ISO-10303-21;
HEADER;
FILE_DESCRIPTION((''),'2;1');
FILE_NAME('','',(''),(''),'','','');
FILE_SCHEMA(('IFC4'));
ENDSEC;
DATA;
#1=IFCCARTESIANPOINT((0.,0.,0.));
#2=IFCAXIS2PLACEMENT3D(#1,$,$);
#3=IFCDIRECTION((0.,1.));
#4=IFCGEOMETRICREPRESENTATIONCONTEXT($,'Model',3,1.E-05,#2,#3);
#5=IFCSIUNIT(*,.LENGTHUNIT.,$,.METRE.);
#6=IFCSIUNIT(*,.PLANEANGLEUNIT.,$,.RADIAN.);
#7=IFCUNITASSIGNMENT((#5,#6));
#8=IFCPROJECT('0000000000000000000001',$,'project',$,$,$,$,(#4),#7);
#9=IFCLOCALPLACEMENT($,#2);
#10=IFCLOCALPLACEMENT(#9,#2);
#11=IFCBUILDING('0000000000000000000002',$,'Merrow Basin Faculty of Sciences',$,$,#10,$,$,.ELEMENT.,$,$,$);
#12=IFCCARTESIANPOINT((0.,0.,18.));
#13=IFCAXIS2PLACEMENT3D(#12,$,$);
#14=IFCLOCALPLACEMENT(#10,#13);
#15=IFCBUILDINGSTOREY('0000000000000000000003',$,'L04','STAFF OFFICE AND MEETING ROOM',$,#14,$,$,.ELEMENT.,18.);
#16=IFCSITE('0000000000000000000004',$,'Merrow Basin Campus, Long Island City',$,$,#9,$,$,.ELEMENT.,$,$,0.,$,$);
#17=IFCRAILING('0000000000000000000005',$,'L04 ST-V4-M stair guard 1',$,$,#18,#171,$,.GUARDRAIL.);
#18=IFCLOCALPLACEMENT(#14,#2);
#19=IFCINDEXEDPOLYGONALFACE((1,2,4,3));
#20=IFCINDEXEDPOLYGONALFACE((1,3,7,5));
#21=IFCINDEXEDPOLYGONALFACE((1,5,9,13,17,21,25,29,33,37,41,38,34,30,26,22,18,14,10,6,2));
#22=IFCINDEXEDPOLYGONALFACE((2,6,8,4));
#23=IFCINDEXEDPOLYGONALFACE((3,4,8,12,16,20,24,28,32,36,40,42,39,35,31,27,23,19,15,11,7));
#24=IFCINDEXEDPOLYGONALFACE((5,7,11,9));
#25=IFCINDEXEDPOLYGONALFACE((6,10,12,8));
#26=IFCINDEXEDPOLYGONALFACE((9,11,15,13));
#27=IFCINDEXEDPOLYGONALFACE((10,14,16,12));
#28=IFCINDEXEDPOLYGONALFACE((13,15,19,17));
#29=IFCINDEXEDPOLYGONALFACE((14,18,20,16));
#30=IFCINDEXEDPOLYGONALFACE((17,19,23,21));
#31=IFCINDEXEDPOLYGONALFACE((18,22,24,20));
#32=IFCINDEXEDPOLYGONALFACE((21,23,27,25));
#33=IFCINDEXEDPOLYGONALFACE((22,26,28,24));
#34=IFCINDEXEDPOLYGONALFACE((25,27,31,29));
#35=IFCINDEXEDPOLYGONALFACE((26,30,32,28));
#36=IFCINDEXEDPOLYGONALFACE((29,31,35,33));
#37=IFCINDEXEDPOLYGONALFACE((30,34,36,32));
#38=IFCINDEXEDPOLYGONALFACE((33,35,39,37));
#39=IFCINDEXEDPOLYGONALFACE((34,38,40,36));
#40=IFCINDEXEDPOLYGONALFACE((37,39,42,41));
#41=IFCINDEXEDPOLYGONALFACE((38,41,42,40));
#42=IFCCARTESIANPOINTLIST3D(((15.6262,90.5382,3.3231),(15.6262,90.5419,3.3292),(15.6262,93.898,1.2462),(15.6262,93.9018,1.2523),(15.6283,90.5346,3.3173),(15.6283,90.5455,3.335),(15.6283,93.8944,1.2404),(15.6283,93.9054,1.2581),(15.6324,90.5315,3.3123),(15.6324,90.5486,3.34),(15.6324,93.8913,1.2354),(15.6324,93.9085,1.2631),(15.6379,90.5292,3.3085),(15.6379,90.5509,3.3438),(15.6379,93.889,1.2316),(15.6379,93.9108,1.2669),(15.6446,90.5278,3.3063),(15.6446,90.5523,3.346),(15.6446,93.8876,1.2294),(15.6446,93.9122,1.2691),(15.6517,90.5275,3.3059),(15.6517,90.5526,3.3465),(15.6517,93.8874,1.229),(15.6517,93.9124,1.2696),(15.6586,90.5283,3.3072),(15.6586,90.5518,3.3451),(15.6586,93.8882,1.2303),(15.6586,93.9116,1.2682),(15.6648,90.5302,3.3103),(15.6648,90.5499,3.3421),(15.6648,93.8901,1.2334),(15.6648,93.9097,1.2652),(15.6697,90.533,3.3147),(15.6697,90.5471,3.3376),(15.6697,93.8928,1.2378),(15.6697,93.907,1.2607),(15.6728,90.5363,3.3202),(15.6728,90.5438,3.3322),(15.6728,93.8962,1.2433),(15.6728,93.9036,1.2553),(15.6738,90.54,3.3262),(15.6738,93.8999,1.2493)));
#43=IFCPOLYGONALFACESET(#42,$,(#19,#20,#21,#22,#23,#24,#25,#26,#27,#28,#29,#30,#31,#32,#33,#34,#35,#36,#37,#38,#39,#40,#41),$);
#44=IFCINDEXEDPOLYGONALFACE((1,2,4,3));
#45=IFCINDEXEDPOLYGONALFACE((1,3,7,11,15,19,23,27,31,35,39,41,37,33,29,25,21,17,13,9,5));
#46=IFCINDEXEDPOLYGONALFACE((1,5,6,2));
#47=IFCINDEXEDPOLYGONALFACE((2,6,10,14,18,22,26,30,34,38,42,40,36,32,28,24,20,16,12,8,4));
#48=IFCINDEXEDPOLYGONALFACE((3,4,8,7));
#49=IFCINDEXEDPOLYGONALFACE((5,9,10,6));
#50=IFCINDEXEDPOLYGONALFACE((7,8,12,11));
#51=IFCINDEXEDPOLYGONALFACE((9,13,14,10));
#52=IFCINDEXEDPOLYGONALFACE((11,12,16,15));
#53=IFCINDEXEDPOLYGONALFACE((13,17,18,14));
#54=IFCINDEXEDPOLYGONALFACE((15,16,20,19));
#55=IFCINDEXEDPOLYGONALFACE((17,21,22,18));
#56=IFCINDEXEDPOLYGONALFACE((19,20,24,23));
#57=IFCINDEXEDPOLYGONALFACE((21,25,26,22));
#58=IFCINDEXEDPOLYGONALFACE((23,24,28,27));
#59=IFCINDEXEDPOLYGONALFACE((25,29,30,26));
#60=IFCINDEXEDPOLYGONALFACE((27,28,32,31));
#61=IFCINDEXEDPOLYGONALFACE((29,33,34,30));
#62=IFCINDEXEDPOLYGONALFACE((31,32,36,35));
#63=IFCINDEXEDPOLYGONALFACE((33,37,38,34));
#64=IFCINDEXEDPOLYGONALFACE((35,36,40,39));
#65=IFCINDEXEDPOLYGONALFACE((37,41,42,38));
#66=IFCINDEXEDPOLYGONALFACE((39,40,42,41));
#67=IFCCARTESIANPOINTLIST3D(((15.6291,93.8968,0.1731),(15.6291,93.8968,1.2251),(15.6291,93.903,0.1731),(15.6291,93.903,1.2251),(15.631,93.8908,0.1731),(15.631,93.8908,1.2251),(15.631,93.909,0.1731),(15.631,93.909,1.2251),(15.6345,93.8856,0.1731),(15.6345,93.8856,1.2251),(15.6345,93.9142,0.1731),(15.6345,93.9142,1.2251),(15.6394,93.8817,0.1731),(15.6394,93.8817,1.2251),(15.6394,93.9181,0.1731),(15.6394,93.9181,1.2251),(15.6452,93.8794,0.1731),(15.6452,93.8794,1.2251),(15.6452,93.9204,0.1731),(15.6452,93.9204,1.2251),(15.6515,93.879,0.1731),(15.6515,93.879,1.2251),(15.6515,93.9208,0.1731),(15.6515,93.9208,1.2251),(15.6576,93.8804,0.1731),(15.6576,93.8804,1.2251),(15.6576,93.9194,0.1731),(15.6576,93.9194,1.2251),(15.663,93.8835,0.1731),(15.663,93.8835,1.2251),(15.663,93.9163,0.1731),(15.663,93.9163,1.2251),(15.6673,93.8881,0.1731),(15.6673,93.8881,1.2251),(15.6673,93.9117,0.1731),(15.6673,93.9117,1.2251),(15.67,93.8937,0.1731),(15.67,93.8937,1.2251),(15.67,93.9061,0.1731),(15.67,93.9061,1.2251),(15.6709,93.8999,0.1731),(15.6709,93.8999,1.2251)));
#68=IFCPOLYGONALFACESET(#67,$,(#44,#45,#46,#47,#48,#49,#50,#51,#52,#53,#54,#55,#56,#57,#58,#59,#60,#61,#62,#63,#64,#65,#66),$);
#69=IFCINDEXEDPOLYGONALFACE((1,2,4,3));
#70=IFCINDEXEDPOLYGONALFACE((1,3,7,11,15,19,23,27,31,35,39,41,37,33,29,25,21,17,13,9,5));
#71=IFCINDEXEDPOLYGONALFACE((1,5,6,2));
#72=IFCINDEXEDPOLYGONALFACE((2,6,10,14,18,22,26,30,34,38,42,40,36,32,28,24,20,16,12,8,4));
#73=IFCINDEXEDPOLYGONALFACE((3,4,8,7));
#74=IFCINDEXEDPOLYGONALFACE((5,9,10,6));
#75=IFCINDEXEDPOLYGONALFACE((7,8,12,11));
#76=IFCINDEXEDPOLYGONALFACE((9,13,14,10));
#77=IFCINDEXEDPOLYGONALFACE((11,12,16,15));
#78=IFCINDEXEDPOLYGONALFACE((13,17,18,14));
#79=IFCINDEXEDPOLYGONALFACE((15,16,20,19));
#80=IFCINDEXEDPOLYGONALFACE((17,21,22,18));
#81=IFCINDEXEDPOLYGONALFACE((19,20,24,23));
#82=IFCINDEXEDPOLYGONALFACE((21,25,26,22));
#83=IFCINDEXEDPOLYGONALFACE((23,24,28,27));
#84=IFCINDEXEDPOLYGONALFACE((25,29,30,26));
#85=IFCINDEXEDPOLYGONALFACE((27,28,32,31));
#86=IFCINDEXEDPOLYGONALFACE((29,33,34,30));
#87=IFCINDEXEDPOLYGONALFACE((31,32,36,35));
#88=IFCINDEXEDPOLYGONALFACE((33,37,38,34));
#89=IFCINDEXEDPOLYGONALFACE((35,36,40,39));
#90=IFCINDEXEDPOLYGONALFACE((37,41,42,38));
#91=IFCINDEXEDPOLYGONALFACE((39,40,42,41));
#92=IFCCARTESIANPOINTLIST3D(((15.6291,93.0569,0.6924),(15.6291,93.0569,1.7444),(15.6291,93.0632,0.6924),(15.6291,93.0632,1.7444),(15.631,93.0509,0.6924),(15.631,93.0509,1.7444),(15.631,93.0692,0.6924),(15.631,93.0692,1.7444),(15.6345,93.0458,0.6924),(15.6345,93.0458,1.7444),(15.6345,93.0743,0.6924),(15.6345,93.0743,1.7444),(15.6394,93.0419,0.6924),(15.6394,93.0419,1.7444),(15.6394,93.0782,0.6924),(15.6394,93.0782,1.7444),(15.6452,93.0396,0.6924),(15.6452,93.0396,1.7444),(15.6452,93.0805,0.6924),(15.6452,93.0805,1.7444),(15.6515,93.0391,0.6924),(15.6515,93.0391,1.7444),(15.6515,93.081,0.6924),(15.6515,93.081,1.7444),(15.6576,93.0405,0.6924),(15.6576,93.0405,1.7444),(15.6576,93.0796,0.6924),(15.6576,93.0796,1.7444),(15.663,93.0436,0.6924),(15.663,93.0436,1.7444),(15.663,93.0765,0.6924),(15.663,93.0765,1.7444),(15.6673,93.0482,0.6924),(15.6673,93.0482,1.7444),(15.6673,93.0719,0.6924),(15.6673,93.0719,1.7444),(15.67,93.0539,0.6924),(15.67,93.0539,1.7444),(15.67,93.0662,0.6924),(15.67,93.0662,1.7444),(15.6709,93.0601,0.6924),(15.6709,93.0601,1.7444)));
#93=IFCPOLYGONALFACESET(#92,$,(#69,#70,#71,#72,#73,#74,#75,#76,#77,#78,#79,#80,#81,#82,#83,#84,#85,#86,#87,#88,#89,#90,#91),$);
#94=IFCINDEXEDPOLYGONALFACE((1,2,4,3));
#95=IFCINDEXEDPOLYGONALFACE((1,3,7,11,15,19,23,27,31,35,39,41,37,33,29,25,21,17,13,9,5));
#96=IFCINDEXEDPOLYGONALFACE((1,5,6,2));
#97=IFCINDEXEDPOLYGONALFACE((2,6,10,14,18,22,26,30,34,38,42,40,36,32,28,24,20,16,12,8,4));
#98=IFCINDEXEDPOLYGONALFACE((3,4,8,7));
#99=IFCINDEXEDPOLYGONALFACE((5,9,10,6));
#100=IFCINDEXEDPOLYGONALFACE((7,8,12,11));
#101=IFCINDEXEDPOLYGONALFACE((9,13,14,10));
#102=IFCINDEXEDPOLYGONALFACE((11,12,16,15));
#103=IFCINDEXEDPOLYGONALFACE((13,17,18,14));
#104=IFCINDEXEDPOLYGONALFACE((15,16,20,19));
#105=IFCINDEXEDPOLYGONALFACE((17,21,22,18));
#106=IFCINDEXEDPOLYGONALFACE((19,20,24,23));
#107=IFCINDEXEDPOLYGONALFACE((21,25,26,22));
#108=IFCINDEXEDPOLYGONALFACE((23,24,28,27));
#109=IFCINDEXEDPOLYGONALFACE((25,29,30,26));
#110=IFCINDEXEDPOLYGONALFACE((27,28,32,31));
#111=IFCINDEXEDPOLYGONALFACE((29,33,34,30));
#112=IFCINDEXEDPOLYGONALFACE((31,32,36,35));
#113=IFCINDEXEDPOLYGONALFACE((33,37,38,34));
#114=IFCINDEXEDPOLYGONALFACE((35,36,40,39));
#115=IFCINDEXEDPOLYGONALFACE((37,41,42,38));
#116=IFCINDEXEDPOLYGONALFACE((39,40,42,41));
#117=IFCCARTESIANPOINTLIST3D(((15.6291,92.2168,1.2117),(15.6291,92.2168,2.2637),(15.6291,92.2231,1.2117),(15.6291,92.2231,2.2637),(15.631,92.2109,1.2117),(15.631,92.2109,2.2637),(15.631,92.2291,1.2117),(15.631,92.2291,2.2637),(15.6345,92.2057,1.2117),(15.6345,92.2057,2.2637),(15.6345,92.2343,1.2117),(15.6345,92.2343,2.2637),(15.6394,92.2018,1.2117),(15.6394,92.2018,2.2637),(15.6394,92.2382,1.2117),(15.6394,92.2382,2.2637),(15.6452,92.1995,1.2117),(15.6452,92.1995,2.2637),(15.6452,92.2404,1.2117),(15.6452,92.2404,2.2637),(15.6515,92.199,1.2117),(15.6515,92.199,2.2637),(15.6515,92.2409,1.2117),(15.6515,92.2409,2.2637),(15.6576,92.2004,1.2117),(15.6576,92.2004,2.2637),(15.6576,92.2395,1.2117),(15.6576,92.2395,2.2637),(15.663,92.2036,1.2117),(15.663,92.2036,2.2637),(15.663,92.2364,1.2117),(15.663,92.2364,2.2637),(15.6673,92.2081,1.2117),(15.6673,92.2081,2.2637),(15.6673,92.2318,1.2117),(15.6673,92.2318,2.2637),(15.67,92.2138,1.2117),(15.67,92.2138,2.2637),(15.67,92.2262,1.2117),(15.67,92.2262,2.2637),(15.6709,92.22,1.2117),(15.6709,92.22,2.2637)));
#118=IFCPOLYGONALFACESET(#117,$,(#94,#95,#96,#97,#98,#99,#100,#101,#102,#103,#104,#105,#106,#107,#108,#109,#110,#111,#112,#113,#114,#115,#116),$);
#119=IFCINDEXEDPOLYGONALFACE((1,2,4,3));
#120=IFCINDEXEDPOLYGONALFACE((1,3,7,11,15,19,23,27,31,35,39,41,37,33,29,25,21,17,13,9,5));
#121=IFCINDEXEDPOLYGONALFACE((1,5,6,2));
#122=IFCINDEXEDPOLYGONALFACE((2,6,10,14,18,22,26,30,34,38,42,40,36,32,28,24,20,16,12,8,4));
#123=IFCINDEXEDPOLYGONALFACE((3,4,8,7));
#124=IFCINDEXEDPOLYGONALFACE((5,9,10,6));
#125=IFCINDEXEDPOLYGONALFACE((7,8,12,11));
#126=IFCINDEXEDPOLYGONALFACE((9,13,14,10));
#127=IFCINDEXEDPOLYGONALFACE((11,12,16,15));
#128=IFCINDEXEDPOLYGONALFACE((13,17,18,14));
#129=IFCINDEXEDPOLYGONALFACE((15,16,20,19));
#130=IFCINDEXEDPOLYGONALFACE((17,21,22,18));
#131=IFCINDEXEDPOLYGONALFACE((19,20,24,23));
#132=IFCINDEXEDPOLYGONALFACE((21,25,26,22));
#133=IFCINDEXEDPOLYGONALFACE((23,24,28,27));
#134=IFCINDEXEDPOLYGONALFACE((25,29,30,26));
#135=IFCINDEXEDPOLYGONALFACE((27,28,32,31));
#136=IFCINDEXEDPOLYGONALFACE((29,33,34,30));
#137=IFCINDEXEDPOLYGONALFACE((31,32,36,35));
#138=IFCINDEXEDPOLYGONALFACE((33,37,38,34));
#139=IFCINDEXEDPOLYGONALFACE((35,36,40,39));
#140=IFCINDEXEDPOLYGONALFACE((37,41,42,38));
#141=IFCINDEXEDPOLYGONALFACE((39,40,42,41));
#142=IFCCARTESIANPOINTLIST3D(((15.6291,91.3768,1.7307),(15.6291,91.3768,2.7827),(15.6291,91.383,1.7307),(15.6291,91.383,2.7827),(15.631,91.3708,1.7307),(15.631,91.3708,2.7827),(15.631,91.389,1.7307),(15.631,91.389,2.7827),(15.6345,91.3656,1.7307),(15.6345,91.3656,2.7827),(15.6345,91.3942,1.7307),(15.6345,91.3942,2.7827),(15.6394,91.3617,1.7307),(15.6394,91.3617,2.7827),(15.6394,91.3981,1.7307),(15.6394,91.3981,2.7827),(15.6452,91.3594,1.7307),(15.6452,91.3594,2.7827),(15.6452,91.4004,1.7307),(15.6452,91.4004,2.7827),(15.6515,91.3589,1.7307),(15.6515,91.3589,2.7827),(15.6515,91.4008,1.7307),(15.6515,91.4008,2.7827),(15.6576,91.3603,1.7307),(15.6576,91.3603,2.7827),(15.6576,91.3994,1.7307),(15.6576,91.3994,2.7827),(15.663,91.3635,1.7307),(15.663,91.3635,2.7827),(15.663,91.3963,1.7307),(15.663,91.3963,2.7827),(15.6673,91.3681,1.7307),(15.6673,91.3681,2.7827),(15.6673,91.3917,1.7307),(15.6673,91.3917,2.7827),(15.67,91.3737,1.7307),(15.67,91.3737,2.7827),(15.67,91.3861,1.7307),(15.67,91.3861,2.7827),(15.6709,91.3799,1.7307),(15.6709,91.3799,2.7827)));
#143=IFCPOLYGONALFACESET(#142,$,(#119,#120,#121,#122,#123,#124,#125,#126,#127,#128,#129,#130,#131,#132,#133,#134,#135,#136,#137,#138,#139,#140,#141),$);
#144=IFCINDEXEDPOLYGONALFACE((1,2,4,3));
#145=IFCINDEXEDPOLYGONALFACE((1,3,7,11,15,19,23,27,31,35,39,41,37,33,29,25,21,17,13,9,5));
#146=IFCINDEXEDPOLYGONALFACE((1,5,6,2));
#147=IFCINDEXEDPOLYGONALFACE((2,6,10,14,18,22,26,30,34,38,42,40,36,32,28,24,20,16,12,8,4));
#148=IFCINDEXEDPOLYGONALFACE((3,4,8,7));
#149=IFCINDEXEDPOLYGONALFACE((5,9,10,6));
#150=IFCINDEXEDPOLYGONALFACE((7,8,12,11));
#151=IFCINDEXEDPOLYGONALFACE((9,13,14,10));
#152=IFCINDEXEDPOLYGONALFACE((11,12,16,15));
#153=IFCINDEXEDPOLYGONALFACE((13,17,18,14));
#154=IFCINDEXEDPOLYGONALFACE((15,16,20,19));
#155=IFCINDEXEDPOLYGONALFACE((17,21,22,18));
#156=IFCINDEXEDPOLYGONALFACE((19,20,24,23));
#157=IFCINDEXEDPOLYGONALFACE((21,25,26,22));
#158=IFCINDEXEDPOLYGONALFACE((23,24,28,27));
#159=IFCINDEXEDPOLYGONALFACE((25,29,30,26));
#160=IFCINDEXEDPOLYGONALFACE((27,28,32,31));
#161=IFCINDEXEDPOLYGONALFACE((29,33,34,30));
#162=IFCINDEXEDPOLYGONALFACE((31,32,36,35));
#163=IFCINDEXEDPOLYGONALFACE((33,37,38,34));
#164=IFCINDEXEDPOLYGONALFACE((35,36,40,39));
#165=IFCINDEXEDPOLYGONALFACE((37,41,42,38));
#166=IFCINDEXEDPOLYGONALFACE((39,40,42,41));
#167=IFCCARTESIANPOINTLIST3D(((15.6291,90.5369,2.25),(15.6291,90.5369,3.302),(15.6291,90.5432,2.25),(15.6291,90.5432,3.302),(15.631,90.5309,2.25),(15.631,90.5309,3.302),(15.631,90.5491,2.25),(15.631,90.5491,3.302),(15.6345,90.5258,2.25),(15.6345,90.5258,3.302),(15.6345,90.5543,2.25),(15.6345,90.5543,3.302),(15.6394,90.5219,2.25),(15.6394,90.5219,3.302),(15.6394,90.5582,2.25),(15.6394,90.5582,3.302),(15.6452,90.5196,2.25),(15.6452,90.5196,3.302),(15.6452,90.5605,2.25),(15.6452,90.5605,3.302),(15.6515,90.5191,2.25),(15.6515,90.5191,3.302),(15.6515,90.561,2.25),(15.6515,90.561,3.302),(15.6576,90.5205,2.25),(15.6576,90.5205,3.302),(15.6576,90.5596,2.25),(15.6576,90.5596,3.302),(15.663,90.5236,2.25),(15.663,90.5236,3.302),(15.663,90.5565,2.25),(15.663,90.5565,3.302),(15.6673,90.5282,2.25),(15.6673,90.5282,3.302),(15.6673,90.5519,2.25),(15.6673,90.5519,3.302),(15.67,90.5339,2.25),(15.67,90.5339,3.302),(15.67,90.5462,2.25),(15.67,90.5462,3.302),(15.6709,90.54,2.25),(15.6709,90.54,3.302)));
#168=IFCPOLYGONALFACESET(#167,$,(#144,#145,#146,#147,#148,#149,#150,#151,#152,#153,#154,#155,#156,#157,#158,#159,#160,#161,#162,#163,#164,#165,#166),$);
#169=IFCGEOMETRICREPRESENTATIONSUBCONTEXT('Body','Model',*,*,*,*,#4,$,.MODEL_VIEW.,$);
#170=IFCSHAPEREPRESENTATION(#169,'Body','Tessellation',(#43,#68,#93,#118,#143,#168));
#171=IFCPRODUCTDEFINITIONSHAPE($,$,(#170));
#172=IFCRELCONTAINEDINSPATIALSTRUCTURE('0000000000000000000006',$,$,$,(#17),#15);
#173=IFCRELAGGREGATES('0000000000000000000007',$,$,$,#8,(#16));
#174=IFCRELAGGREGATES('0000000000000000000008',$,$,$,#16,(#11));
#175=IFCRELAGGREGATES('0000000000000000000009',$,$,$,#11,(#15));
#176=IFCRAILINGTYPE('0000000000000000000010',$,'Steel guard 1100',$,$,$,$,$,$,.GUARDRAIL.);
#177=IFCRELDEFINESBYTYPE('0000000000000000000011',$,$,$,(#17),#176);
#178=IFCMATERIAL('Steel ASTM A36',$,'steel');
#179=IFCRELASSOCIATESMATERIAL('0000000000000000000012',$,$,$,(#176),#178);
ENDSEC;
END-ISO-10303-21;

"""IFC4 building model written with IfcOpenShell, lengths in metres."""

from ifc_helpers import new_model, si_unit, direction, frame, origin, origin_2d, place, context, subcontext, project, spatial, circle, extrude, material, type_object, element, save


model = new_model("IFC4")

# Units and contexts
model_context = context("Model", 3, precision=1e-05, world=origin(), true_north=direction((0.0, 1.0)))
body_context = subcontext(model_context, "Body", "Model", "MODEL_VIEW")
ifc_project = project(units=[si_unit("LENGTHUNIT", "METRE"), si_unit("PLANEANGLEUNIT", "RADIAN")], contexts=[model_context])

# Site, building, storey
site_placement = place(None, origin())
site = spatial("IfcSite", under=ifc_project, at=site_placement, Name="Merrow Basin Campus, Long Island City", CompositionType="ELEMENT", RefElevation=0.0)
building_placement = place(site_placement, origin())
building = spatial("IfcBuilding", under=site, at=building_placement, Name="Merrow Basin Faculty of Sciences", CompositionType="ELEMENT")
storey_placement = place(building_placement, frame((0.0, 0.0, 18.0)))
storey = spatial("IfcBuildingStorey", under=building, at=storey_placement, Name="L04", Description="STAFF OFFICE AND MEETING ROOM", CompositionType="ELEMENT", Elevation=18.0)

# Railing
ifc_material_1 = material(Name="Steel ASTM A36", Category="steel")
railing_type = type_object("IfcRailingType", Name="Steel guard 1100", PredefinedType="GUARDRAIL", material=ifc_material_1)
railing_1_placement = place(storey_placement, frame((15.6499, 93.8999, 0.1731)))
element("IfcRailing", 1, at=railing_1_placement, inside=storey, type_object=railing_type, Name="L04 ST-V4-M stair guard 1", PredefinedType="GUARDRAIL", context=body_context, shape_type="SweptSolid", body=[
    extrude(circle(Radius=0.0239, at=origin_2d()), frame((0.0, 0.0, 1.0762), z_axis=(0.0, -0.850606, 0.525803), x_axis=(1.0, 0.0, 0.0)), (0.0, 0.0, 1.0), 3.95),
    extrude(circle(Radius=0.021, at=origin_2d()), origin(), (0.0, 0.0, 1.0), 1.052),
    extrude(circle(Radius=0.021, at=origin_2d()), frame((0.0, -0.8398, 0.5193)), (0.0, 0.0, 1.0), 1.052),
    extrude(circle(Radius=0.021, at=origin_2d()), frame((0.0, -1.6799, 1.0386)), (0.0, 0.0, 1.0), 1.052),
    extrude(circle(Radius=0.021, at=origin_2d()), frame((0.0, -2.52, 1.5576)), (0.0, 0.0, 1.0), 1.052),
    extrude(circle(Radius=0.021, at=origin_2d()), frame((0.0, -3.3599, 2.0769)), (0.0, 0.0, 1.0), 1.052),
])

save(model, "model.ifc")
